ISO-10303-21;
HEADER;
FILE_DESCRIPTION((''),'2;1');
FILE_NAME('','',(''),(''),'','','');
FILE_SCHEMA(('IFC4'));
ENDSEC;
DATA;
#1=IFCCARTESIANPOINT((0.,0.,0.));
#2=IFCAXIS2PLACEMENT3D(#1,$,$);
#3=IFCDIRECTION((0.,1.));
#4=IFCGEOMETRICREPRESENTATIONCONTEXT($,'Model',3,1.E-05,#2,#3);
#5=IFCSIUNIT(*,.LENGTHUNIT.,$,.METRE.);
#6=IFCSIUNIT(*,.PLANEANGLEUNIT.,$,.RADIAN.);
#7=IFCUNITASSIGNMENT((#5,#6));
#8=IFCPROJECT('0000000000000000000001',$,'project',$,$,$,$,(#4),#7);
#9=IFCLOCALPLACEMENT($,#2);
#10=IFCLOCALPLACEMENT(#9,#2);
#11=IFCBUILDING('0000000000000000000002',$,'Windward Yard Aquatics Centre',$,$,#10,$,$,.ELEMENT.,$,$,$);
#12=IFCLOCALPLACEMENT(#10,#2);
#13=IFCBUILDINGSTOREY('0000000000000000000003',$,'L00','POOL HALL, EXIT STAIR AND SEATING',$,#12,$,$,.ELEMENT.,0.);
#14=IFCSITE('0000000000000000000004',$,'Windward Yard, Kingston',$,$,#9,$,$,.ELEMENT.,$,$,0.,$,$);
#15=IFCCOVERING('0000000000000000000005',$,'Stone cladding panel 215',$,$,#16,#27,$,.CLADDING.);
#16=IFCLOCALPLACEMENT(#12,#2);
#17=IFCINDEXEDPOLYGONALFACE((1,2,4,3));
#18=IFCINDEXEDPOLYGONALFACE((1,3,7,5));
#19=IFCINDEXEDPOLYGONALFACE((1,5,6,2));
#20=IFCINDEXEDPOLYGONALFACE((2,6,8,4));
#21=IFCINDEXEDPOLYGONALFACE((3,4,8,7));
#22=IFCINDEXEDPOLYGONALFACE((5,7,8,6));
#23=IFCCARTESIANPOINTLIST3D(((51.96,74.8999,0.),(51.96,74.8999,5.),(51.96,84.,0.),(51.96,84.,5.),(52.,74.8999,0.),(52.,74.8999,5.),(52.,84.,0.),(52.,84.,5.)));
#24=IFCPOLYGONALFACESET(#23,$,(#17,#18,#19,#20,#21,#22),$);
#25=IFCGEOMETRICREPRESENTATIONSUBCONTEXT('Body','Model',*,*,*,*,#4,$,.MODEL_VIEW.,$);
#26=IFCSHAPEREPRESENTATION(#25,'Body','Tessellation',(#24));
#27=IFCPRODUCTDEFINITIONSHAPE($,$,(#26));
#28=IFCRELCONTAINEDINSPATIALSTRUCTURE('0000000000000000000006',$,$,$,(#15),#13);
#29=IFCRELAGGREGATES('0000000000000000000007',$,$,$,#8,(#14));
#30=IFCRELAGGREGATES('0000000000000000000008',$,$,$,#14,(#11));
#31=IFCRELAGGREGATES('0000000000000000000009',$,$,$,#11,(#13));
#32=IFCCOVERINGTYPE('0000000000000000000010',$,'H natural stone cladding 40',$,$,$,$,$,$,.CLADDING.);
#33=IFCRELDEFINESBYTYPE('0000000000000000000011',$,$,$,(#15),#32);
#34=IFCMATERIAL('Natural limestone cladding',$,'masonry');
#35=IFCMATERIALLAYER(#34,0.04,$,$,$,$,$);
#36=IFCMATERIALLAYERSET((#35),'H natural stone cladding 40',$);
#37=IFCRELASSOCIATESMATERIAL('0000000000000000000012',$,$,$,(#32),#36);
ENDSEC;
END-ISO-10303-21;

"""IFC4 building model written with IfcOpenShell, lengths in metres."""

from ifc_helpers import new_model, si_unit, direction, origin, place, context, subcontext, project, spatial, polyline, outline, extrude, material, layer, layer_set, type_object, element, save


model = new_model("IFC4")

# Units and contexts
model_context = context("Model", 3, precision=1e-05, world=origin(), true_north=direction((0.0, 1.0)))
body_context = subcontext(model_context, "Body", "Model", "MODEL_VIEW")
ifc_project = project(units=[si_unit("LENGTHUNIT", "METRE"), si_unit("PLANEANGLEUNIT", "RADIAN")], contexts=[model_context])

# Site, building, storey
site_placement = place(None, origin())
site = spatial("IfcSite", under=ifc_project, at=site_placement, Name="Windward Yard, Kingston", CompositionType="ELEMENT", RefElevation=0.0)
building_placement = place(site_placement, origin())
building = spatial("IfcBuilding", under=site, at=building_placement, Name="Windward Yard Aquatics Centre", CompositionType="ELEMENT")
storey_placement = place(building_placement, origin())
storey = spatial("IfcBuildingStorey", under=building, at=storey_placement, Name="L00", Description="POOL HALL, EXIT STAIR AND SEATING", CompositionType="ELEMENT", Elevation=0.0)

# Covering
ifc_material_1 = material(Name="Natural limestone cladding", Category="masonry")
ifc_layer_1 = layer(ifc_material_1, 0.04)
ifc_layer_set_1 = layer_set([ifc_layer_1], Name="H natural stone cladding 40")
covering_type = type_object("IfcCoveringType", Name="H natural stone cladding 40", PredefinedType="CLADDING", material=ifc_layer_set_1)
covering_1_placement = place(storey_placement, origin())
element("IfcCovering", 1, at=covering_1_placement, inside=storey, type_object=covering_type, Name="Stone cladding panel 215", PredefinedType="CLADDING", context=body_context, shape_type="SweptSolid", body=[
    extrude(outline(polyline([(51.96, 74.8999), (52.0, 74.8999), (52.0, 84.0), (51.96, 84.0), (51.96, 74.8999)])), origin(), (0.0, 0.0, 1.0), 5.0),
])

save(model, "model.ifc")
